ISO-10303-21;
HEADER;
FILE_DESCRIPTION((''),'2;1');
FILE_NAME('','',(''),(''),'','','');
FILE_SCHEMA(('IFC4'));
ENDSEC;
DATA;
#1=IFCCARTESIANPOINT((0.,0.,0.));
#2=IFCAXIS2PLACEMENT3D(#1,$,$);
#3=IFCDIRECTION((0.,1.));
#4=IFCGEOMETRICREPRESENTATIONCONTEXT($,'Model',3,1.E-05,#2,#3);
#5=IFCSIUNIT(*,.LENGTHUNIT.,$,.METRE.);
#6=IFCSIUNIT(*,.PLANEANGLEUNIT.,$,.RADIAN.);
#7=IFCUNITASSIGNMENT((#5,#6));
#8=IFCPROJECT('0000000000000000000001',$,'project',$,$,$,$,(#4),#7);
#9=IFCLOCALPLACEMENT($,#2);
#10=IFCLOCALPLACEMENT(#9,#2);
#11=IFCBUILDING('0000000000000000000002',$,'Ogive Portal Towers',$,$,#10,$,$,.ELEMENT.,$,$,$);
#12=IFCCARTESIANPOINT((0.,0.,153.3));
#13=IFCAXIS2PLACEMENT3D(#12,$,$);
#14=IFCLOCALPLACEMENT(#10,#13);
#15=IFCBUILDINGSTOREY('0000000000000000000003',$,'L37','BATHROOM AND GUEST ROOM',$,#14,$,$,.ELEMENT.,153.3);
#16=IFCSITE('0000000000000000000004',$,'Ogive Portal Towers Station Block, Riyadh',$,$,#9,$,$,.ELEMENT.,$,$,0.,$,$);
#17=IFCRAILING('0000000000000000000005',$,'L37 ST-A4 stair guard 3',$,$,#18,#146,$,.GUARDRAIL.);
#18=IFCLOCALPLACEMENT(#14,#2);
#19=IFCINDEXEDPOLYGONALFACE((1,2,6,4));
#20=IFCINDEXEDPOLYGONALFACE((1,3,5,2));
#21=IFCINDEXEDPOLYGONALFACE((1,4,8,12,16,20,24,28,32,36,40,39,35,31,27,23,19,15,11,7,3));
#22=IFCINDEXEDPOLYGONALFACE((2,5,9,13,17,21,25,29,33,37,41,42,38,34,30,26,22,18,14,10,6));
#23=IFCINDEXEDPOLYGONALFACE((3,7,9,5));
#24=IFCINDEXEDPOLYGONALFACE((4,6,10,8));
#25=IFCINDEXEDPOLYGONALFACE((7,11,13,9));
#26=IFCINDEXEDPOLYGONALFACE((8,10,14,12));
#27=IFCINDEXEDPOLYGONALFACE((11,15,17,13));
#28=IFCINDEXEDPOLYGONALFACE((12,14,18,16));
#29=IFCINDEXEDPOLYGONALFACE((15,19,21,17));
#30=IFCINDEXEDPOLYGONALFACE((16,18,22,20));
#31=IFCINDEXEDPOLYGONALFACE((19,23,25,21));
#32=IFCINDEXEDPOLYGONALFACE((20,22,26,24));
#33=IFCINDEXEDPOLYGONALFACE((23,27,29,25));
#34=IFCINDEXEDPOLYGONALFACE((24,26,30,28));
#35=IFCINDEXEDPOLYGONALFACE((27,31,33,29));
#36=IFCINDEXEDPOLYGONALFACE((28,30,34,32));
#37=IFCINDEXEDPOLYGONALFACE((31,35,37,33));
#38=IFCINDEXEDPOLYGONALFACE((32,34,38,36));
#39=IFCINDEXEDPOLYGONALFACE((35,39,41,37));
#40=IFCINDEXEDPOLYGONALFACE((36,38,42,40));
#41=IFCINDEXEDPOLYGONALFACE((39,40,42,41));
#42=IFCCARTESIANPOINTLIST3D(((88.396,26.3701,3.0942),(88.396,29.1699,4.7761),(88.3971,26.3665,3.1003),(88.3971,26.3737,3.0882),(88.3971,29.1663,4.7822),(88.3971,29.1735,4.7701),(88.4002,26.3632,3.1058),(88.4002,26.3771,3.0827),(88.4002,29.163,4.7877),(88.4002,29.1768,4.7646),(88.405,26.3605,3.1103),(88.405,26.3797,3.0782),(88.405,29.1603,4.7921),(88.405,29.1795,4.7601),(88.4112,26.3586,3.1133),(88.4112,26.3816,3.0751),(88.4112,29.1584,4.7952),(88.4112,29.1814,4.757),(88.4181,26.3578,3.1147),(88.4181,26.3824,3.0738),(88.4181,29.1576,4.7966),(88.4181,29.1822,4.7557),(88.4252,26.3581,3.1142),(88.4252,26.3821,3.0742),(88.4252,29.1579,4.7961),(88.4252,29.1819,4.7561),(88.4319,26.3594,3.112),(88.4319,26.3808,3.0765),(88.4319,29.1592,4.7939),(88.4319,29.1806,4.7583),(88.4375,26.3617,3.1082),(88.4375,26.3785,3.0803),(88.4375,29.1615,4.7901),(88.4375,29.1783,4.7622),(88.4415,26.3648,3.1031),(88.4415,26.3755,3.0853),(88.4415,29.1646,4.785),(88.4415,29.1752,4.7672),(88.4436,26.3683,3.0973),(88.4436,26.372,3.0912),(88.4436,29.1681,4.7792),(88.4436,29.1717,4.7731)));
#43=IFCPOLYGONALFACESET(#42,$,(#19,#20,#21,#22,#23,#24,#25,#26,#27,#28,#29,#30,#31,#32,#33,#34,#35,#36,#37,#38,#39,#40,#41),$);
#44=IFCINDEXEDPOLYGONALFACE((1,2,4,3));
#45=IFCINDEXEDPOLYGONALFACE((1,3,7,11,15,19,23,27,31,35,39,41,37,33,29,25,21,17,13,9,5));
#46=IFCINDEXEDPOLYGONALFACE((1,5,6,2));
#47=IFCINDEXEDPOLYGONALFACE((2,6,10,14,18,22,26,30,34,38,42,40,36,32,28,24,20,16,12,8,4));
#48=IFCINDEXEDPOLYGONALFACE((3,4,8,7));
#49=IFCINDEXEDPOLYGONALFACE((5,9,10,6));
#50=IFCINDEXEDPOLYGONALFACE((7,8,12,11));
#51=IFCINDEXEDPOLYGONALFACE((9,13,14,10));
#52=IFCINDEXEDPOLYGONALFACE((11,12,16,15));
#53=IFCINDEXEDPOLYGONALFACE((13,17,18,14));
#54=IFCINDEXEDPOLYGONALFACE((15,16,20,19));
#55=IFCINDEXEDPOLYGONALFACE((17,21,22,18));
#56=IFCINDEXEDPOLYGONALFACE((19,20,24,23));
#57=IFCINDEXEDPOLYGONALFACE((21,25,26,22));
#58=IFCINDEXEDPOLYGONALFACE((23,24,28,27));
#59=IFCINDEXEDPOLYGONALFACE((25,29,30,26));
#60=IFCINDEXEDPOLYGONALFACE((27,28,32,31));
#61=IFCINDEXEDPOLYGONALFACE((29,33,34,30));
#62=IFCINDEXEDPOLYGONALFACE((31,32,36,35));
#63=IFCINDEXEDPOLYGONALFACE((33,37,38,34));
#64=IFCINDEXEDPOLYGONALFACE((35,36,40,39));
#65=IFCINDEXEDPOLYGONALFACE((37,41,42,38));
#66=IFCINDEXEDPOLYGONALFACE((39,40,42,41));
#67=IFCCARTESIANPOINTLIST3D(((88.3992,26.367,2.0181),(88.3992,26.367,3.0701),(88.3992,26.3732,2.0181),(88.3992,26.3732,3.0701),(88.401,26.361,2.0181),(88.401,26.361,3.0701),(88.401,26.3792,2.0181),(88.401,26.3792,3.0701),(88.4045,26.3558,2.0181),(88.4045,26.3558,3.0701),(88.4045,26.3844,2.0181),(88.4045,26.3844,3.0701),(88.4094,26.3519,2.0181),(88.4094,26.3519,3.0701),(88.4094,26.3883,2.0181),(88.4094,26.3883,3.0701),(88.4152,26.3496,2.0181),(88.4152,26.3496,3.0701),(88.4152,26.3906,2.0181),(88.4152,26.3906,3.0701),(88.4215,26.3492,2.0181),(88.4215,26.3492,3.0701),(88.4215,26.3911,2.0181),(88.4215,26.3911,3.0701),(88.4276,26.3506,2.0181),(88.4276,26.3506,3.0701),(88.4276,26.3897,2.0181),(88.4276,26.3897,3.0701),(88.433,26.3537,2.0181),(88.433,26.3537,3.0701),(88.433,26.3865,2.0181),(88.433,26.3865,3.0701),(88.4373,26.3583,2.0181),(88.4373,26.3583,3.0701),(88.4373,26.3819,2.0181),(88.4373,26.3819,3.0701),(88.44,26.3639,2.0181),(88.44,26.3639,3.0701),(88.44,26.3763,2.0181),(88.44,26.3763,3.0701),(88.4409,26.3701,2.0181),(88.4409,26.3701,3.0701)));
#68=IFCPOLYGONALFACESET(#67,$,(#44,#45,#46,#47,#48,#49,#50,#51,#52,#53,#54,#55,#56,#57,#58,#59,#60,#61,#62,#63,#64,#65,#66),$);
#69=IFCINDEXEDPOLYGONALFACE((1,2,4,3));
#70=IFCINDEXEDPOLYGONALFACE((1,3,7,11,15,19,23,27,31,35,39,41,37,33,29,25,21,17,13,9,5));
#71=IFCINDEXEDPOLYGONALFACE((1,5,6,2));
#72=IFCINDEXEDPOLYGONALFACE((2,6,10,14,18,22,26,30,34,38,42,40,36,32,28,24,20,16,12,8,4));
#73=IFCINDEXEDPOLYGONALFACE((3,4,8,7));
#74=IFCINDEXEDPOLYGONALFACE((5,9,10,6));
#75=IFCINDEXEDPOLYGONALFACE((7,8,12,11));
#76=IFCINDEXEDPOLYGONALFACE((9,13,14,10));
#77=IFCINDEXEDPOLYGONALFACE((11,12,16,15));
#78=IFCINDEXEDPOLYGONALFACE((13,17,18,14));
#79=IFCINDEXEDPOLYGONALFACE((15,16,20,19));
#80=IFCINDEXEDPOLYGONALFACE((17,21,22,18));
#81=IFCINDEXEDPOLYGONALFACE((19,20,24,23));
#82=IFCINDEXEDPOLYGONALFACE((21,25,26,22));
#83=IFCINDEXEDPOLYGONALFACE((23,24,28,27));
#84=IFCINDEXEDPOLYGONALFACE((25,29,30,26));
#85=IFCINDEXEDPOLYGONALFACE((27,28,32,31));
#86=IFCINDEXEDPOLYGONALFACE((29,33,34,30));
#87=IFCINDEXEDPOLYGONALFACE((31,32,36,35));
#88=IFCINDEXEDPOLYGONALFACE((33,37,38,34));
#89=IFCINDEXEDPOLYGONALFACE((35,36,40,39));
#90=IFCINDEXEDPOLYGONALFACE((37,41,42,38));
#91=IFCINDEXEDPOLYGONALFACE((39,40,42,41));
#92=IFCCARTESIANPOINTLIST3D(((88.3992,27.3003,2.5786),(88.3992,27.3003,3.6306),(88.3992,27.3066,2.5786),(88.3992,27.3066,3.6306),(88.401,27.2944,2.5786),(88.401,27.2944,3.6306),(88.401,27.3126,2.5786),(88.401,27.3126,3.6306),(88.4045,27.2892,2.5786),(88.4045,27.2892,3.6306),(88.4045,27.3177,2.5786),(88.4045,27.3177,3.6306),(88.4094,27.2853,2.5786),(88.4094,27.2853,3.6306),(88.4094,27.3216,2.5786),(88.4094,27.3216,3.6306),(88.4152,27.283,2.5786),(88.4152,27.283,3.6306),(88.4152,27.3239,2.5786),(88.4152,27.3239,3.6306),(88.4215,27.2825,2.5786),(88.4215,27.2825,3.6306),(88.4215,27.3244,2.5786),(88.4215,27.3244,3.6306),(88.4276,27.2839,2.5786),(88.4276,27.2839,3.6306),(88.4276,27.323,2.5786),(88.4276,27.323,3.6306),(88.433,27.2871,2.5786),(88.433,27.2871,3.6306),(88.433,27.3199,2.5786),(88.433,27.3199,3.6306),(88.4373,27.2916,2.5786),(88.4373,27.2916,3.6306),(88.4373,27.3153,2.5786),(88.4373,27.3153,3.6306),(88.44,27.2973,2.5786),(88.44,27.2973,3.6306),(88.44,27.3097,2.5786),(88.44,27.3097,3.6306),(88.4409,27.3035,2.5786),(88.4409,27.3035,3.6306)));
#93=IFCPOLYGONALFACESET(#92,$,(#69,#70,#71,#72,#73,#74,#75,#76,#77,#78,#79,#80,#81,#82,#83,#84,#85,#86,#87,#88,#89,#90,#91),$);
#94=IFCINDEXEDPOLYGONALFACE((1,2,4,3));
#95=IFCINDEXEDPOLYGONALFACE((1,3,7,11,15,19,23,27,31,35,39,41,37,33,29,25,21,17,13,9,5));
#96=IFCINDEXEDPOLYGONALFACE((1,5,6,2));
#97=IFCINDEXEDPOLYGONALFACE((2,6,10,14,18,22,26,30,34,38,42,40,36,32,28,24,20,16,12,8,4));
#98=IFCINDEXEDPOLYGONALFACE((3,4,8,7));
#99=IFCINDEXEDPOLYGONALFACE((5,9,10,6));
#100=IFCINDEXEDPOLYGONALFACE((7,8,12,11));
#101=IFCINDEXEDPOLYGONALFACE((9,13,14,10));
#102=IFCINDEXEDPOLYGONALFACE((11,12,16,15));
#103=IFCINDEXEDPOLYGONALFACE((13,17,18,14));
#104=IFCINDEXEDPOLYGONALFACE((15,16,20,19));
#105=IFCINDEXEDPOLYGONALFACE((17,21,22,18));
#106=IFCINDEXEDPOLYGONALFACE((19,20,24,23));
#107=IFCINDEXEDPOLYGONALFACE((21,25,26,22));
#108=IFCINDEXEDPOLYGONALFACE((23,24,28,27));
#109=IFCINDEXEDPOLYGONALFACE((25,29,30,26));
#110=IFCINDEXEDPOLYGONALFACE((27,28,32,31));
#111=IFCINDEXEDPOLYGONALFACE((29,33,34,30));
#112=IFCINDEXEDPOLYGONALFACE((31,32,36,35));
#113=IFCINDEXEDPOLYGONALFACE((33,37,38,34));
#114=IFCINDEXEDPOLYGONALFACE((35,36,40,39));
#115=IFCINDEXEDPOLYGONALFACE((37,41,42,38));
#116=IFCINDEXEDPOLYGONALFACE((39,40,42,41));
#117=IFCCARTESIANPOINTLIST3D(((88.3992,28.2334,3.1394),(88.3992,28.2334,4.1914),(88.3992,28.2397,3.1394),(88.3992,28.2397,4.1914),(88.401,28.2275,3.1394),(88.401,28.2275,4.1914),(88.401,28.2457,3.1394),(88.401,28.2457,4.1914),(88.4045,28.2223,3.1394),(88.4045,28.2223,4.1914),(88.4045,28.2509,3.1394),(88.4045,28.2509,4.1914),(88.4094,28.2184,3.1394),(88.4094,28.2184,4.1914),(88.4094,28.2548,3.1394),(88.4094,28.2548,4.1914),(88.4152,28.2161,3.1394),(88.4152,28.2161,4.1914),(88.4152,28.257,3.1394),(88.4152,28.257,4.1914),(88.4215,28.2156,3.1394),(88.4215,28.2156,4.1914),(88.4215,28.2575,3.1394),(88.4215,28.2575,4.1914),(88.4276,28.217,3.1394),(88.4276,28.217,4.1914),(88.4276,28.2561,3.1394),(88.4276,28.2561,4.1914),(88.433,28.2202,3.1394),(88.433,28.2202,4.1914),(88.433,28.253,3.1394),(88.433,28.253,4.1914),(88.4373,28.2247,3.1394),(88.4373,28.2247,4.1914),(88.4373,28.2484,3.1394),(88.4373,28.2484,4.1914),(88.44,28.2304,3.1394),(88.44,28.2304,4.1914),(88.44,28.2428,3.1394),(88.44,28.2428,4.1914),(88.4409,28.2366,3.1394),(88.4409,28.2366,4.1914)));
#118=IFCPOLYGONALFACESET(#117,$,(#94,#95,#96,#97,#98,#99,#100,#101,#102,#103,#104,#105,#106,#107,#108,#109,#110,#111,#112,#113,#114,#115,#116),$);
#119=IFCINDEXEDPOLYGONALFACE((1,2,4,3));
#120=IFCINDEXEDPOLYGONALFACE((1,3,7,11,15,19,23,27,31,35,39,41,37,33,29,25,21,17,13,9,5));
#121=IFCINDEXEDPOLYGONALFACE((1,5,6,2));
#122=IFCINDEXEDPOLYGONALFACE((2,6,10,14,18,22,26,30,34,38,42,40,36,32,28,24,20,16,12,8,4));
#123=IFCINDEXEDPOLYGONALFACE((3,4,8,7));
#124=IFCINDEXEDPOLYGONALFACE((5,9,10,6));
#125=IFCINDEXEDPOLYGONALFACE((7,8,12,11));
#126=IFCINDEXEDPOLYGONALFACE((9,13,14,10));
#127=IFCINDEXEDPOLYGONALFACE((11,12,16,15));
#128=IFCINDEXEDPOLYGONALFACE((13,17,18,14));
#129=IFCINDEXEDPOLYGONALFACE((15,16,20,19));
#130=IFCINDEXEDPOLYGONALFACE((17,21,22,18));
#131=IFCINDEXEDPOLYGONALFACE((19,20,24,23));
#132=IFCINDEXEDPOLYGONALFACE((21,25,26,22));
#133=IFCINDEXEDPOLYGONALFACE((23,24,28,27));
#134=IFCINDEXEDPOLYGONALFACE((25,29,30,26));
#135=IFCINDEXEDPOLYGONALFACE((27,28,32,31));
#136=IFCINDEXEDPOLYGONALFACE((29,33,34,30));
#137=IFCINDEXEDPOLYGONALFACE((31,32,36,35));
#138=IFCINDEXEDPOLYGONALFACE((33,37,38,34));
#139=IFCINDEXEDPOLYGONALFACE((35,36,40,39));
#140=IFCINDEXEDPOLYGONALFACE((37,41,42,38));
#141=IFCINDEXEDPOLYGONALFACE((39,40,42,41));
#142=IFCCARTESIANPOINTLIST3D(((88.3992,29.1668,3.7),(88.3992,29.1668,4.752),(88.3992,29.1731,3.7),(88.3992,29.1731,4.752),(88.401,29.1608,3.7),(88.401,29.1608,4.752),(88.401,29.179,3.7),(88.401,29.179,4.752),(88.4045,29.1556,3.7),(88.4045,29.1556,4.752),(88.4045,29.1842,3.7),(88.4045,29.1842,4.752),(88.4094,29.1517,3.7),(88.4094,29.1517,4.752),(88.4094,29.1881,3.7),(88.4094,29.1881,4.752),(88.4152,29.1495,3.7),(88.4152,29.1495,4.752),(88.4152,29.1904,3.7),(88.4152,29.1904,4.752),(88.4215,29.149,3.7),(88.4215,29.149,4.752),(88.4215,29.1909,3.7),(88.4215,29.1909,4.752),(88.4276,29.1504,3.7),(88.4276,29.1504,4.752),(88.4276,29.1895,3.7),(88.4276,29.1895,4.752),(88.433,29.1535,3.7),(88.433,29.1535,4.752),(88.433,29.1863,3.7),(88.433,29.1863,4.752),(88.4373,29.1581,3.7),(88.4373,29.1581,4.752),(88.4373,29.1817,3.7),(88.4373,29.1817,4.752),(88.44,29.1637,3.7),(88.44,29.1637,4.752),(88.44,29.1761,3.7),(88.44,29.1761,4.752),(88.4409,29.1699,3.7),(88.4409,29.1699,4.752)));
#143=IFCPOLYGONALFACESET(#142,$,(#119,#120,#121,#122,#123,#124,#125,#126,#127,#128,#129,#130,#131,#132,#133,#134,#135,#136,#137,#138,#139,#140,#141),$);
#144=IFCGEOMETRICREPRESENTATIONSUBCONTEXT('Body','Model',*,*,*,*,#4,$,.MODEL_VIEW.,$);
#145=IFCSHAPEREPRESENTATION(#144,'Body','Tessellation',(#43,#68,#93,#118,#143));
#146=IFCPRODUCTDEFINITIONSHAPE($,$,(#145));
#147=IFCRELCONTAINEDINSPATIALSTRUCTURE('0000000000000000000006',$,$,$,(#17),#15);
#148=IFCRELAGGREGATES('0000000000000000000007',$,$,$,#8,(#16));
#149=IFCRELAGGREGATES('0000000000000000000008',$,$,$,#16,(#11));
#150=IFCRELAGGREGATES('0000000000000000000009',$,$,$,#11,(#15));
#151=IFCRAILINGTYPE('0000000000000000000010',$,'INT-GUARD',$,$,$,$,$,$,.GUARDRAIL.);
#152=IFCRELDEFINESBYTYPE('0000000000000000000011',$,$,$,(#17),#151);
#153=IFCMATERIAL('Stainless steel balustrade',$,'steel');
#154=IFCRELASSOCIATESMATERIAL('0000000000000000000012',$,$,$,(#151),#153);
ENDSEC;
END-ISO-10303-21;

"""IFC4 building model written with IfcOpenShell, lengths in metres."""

from ifc_helpers import new_model, si_unit, direction, frame, origin, origin_2d, place, context, subcontext, project, spatial, circle, extrude, material, type_object, element, save


model = new_model("IFC4")

# Units and contexts
model_context = context("Model", 3, precision=1e-05, world=origin(), true_north=direction((0.0, 1.0)))
body_context = subcontext(model_context, "Body", "Model", "MODEL_VIEW")
ifc_project = project(units=[si_unit("LENGTHUNIT", "METRE"), si_unit("PLANEANGLEUNIT", "RADIAN")], contexts=[model_context])

# Site, building, storey
site_placement = place(None, origin())
site = spatial("IfcSite", under=ifc_project, at=site_placement, Name="Ogive Portal Towers Station Block, Riyadh", CompositionType="ELEMENT", RefElevation=0.0)
building_placement = place(site_placement, origin())
building = spatial("IfcBuilding", under=site, at=building_placement, Name="Ogive Portal Towers", CompositionType="ELEMENT")
storey_placement = place(building_placement, frame((0.0, 0.0, 153.3)))
storey = spatial("IfcBuildingStorey", under=building, at=storey_placement, Name="L37", Description="BATHROOM AND GUEST ROOM", CompositionType="ELEMENT", Elevation=153.3)

# Railing
ifc_material_1 = material(Name="Stainless steel balustrade", Category="steel")
railing_type_1 = type_object("IfcRailingType", Name="INT-GUARD", PredefinedType="GUARDRAIL", material=ifc_material_1)
railing_1_placement = place(storey_placement, frame((88.4199, 26.3701, 2.0181)))
element("IfcRailing", 1, at=railing_1_placement, inside=storey, type_object=railing_type_1, Name="L37 ST-A4 stair guard 3", PredefinedType="GUARDRAIL", context=body_context, shape_type="SweptSolid", body=[
    extrude(circle(Radius=0.0239, at=origin_2d()), frame((0.0, 0.0, 1.0762), z_axis=(0.0, 0.857222, 0.514946), x_axis=(-1.0, 0.0, 0.0)), (0.0, 0.0, 1.0), 3.2661),
    extrude(circle(Radius=0.021, at=origin_2d()), origin(), (0.0, 0.0, 1.0), 1.052),
    extrude(circle(Radius=0.021, at=origin_2d()), frame((0.0, 0.9333, 0.5605)), (0.0, 0.0, 1.0), 1.052),
    extrude(circle(Radius=0.021, at=origin_2d()), frame((0.0, 1.8665, 1.1213)), (0.0, 0.0, 1.0), 1.052),
    extrude(circle(Radius=0.021, at=origin_2d()), frame((0.0, 2.7998, 1.6819)), (0.0, 0.0, 1.0), 1.052),
])

save(model, "model.ifc")
